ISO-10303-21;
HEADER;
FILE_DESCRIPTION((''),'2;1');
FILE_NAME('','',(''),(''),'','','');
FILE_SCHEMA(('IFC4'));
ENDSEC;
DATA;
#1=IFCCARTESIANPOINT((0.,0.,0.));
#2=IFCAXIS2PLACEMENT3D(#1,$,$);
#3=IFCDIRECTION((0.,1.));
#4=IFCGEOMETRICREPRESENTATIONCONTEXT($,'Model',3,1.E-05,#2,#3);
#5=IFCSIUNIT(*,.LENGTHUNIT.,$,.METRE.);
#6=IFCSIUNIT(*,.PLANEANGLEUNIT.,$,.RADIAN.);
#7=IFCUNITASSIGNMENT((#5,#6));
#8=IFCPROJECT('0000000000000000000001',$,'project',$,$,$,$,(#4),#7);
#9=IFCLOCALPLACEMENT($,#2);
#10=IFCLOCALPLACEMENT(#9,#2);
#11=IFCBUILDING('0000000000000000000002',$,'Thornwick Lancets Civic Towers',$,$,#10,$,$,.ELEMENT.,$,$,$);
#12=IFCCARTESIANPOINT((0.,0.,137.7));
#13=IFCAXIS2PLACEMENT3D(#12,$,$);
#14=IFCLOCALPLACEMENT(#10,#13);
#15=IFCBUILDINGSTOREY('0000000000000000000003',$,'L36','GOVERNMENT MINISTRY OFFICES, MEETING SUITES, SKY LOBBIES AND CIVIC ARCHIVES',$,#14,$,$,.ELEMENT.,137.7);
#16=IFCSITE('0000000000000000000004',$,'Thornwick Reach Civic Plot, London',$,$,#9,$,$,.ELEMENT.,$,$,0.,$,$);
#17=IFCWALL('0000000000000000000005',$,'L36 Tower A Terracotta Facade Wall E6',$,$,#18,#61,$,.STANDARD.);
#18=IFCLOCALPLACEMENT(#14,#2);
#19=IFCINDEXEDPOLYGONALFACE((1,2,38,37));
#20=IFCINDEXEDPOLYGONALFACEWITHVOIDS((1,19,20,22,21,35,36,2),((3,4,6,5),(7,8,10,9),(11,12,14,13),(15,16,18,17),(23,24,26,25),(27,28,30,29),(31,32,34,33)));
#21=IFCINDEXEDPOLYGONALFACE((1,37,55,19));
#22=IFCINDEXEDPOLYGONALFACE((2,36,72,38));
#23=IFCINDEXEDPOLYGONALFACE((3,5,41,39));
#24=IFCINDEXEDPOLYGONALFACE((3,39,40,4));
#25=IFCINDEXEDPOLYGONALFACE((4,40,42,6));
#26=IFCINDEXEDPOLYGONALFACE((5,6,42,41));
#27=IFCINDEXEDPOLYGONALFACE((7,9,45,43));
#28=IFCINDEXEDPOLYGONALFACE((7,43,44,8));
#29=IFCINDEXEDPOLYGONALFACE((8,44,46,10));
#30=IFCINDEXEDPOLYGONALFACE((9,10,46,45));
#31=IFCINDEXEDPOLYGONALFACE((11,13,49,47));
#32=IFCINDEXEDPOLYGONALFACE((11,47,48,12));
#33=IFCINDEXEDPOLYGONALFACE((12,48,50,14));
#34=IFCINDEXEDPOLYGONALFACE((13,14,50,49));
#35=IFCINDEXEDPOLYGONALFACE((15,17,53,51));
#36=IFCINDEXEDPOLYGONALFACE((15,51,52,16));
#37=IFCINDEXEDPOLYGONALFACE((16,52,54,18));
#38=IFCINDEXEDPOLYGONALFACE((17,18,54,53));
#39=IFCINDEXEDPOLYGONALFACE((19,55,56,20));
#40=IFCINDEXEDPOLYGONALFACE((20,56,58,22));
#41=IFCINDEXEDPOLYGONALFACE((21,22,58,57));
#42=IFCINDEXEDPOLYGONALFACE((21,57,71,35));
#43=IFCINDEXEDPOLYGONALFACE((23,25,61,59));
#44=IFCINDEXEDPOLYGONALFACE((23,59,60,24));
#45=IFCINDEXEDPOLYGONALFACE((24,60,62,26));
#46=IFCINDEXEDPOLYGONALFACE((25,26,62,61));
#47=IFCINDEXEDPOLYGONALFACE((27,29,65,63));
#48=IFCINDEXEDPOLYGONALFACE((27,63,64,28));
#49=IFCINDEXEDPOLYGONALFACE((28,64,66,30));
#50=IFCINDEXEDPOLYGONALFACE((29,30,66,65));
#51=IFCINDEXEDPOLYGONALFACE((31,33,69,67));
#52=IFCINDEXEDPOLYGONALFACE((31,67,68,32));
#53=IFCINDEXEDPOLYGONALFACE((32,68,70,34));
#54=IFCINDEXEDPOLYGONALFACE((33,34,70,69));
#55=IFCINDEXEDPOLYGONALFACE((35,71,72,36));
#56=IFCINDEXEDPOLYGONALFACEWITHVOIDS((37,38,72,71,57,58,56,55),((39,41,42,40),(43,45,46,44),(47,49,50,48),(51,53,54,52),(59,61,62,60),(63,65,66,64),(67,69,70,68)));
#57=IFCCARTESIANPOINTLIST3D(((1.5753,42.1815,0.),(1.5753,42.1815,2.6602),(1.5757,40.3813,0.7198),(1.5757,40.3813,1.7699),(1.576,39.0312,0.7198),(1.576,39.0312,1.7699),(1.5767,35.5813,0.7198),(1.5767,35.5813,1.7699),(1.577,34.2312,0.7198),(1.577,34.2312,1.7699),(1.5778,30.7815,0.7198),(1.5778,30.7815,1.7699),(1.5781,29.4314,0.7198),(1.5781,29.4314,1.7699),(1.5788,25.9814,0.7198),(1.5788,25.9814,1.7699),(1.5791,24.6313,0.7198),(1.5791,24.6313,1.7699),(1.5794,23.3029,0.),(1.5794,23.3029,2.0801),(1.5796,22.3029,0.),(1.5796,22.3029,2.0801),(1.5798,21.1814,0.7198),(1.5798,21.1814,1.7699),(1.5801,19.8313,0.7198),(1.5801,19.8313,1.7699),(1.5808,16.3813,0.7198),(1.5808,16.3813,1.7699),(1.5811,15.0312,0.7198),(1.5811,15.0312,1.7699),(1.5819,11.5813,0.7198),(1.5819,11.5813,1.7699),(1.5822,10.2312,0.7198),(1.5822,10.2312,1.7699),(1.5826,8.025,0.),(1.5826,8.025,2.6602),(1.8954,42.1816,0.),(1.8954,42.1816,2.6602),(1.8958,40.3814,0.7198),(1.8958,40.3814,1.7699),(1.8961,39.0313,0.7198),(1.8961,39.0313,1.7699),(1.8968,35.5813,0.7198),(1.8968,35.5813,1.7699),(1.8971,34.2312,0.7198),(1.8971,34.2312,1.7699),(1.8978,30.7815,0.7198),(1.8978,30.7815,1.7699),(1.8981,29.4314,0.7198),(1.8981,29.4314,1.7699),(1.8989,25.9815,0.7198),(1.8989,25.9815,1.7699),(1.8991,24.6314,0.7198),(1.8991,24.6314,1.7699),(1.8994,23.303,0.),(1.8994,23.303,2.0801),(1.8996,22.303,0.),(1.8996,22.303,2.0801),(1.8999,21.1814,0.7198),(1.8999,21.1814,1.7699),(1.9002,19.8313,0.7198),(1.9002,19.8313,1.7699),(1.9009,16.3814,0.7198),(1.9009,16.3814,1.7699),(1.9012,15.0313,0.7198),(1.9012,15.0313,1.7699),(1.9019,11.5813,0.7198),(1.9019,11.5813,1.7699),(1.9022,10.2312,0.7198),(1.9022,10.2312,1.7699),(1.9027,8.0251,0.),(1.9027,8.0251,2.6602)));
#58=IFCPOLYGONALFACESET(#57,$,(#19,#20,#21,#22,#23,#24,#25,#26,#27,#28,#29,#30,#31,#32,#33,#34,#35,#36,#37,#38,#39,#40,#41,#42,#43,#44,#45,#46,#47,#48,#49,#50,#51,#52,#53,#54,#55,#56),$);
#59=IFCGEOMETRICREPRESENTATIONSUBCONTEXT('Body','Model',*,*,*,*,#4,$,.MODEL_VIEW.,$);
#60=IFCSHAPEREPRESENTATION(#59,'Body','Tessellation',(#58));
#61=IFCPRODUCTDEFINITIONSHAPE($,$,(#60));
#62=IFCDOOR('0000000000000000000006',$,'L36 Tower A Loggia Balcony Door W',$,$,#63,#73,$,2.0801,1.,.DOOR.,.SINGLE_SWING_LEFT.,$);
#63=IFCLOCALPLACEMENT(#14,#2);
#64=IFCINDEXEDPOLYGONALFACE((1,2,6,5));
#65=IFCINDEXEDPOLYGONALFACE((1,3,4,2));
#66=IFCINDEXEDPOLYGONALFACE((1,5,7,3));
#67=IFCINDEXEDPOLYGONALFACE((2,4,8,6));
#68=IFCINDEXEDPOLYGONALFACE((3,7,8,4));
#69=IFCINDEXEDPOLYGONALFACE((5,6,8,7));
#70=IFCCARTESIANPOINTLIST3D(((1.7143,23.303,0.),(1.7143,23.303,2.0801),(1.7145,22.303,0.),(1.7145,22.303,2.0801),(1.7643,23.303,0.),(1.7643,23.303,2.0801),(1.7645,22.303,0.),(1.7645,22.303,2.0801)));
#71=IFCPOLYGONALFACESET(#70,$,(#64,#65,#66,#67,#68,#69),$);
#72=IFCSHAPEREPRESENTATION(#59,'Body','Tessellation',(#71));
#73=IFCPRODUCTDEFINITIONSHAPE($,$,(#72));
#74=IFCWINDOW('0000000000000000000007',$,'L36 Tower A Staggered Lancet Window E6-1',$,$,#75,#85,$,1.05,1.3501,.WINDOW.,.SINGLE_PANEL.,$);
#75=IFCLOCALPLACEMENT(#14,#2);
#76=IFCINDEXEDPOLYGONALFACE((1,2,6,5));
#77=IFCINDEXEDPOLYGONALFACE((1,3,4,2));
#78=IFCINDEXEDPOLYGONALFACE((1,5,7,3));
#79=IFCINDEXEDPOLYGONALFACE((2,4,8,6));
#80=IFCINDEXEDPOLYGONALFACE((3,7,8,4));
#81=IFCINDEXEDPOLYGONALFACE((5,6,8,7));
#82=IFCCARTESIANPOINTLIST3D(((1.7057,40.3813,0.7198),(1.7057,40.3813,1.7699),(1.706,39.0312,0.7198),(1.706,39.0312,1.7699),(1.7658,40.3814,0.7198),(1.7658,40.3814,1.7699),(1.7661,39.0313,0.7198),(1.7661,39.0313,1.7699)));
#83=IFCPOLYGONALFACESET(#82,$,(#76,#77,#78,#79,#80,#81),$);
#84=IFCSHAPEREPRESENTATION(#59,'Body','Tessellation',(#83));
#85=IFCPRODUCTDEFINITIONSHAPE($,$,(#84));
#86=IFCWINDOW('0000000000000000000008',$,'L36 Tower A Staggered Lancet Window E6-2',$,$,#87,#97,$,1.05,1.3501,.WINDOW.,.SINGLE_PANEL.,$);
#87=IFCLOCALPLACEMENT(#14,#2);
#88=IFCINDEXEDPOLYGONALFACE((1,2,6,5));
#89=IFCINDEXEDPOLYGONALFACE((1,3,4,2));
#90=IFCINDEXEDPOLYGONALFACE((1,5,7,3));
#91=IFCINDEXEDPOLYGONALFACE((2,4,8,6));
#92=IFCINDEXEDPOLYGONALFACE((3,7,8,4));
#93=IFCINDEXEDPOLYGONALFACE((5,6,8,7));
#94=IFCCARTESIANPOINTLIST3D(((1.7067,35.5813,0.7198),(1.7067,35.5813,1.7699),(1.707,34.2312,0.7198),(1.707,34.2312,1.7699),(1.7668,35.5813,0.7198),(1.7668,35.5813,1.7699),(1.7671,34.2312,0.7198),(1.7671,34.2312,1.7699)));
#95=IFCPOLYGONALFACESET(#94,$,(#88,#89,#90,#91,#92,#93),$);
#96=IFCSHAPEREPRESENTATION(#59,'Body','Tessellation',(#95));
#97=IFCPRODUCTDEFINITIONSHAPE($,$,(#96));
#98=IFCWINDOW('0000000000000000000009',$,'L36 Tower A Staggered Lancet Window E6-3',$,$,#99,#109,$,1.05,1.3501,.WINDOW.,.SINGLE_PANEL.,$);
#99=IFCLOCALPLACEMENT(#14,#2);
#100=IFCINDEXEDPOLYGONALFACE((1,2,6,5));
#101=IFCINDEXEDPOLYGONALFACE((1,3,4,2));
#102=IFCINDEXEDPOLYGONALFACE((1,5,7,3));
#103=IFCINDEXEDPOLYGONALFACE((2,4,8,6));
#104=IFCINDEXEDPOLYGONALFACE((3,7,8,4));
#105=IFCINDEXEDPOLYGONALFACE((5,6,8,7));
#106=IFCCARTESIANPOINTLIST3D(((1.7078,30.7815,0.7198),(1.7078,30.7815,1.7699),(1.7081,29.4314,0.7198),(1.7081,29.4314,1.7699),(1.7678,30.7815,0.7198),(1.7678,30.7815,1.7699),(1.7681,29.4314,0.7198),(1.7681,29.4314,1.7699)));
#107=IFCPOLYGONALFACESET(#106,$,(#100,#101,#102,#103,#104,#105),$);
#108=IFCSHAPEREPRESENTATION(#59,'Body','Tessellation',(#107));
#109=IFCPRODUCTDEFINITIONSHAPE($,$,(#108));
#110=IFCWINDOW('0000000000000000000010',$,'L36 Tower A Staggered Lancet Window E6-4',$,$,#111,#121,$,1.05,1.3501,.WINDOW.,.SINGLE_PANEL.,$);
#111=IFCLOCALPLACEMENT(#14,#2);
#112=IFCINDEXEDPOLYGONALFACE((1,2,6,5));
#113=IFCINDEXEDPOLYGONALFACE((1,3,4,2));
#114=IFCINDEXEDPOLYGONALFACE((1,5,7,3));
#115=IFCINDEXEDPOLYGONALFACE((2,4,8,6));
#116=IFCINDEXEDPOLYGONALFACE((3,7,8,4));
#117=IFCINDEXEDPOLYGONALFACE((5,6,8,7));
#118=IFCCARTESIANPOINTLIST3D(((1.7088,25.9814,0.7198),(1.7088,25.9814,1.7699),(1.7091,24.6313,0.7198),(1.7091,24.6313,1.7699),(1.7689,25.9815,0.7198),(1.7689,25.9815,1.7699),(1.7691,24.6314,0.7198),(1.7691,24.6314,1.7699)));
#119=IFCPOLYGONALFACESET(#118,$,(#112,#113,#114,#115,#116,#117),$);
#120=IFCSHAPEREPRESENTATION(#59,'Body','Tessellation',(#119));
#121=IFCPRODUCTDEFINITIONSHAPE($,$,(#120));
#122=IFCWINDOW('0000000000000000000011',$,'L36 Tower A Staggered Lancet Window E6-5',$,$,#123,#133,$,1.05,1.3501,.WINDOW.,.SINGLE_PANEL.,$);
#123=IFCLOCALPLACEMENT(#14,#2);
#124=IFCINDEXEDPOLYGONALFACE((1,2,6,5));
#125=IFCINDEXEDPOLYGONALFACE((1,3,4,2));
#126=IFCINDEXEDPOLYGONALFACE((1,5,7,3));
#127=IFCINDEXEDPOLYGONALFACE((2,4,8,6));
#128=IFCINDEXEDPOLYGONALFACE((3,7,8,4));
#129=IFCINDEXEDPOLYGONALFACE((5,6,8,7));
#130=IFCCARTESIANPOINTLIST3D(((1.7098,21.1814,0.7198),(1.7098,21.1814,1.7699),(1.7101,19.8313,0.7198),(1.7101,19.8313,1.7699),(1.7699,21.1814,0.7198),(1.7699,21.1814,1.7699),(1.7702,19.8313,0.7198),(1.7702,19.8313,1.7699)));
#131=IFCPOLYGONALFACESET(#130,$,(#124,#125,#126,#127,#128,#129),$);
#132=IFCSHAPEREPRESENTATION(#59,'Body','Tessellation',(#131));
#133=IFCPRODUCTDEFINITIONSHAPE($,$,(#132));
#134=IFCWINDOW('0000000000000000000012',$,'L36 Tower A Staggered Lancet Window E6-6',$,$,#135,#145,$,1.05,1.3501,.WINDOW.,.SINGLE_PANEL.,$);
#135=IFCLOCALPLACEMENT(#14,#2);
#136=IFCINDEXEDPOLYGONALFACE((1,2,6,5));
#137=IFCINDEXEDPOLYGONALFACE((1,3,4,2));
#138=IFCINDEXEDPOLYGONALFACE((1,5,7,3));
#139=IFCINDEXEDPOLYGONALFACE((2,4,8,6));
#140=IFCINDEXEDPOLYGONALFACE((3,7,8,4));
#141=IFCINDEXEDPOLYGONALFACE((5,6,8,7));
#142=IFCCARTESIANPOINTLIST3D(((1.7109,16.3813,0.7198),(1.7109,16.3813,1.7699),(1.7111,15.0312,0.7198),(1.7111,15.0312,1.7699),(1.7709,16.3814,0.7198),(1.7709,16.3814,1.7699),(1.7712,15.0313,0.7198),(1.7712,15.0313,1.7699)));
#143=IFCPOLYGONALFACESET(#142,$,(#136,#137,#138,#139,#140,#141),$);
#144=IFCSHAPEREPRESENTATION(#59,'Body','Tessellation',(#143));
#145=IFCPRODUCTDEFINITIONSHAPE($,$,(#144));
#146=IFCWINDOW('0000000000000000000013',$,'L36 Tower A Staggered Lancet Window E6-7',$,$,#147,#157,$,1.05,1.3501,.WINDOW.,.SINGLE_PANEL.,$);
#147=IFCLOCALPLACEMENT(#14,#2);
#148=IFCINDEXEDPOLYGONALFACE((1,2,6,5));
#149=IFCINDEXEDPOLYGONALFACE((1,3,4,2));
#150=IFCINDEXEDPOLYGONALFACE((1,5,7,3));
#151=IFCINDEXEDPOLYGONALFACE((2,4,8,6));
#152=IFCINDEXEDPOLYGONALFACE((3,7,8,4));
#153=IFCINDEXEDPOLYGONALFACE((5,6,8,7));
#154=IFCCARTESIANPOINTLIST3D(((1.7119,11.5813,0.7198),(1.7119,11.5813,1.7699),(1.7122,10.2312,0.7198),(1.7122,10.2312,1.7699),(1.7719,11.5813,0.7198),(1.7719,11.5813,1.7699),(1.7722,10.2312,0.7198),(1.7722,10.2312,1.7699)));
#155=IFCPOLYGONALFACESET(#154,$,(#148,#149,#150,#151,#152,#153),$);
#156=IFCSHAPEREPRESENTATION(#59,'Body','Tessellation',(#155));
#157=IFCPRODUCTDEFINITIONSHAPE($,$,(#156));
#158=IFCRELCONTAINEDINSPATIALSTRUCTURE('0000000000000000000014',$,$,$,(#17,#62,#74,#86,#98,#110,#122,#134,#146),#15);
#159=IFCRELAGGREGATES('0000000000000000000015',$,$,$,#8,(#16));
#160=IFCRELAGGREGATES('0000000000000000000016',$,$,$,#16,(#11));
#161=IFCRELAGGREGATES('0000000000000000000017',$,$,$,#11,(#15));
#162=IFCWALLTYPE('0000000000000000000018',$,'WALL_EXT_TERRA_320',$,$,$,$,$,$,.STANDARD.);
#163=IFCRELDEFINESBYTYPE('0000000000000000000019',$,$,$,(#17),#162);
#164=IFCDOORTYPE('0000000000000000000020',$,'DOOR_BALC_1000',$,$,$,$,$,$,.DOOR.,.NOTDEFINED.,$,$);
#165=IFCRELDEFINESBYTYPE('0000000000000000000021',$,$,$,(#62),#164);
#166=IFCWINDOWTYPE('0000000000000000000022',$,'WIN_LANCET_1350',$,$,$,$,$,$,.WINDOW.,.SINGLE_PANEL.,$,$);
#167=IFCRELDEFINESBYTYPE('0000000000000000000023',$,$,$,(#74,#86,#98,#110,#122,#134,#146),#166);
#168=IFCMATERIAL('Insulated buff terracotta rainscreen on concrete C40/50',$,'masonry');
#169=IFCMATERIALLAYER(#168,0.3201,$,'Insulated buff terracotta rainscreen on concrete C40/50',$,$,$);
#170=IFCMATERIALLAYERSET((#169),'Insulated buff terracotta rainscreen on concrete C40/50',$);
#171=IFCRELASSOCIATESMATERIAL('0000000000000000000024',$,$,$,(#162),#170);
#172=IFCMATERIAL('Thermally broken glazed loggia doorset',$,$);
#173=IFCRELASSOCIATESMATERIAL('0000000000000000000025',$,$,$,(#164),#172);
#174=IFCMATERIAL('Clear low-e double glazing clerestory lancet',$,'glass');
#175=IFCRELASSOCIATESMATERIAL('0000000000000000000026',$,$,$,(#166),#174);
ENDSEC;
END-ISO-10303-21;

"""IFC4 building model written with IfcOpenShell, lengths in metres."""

from ifc_helpers import new_model, si_unit, direction, frame, frame_2d, origin, place, context, subcontext, project, spatial, rectangle, extrude, material, layer, layer_set, type_object, element, fill, save


model = new_model("IFC4")

# Units and contexts
model_context = context("Model", 3, precision=1e-05, world=origin(), true_north=direction((0.0, 1.0)))
body_context = subcontext(model_context, "Body", "Model", "MODEL_VIEW")
ifc_project = project(units=[si_unit("LENGTHUNIT", "METRE"), si_unit("PLANEANGLEUNIT", "RADIAN")], contexts=[model_context])

# Site, building, storey
site_placement = place(None, origin())
site = spatial("IfcSite", under=ifc_project, at=site_placement, Name="Thornwick Reach Civic Plot, London", CompositionType="ELEMENT", RefElevation=0.0)
building_placement = place(site_placement, origin())
building = spatial("IfcBuilding", under=site, at=building_placement, Name="Thornwick Lancets Civic Towers", CompositionType="ELEMENT")
storey_placement = place(building_placement, frame((0.0, 0.0, 137.7)))
storey = spatial("IfcBuildingStorey", under=building, at=storey_placement, Name="L36", Description="GOVERNMENT MINISTRY OFFICES, MEETING SUITES, SKY LOBBIES AND CIVIC ARCHIVES", CompositionType="ELEMENT", Elevation=137.7)

# Wall, openings, door, windows
ifc_material_1 = material(Name="Insulated buff terracotta rainscreen on concrete C40/50", Category="masonry")
ifc_layer_1 = layer(ifc_material_1, 0.3201, Name="Insulated buff terracotta rainscreen on concrete C40/50")
ifc_layer_set_1 = layer_set([ifc_layer_1], Name="Insulated buff terracotta rainscreen on concrete C40/50")
wall_type_1 = type_object("IfcWallType", Name="WALL_EXT_TERRA_320", PredefinedType="STANDARD", material=ifc_layer_set_1)
wall_1_placement = place(storey_placement, frame((1.7354, 42.1814, 0.0), z_axis=(0.0, 0.0, 1.0), x_axis=(0.000214, -1.0, 0.0)))
wall_1 = element("IfcWall", 1, at=wall_1_placement, inside=storey, type_object=wall_type_1, Name="L36 Tower A Terracotta Facade Wall E6", PredefinedType="STANDARD", context=body_context, shape_type="SweptSolid", body=[
    extrude(rectangle(XDim=34.1565, YDim=0.3201, at=frame_2d((17.0781, 0.0))), origin(), (0.0, 0.0, 1.0), 2.6602),
])
opening_1_placement = place(wall_1_placement, frame((18.8784, 0.0, 0.0)))
opening_1 = element("IfcOpeningElement", 2, at=opening_1_placement, cuts=wall_1, PredefinedType="OPENING", context=body_context, shape_type="SweptSolid", body=[
    extrude(rectangle(XDim=1.0, YDim=2.0801, at=frame_2d((0.5, 1.04))), frame((0.0, 0.1699, 0.0), z_axis=(0.0, -1.0, 0.0), x_axis=(1.0, 0.0, 0.0)), (0.0, 0.0, 1.0), 0.3401),
])
opening_2_placement = place(wall_1_placement, frame((1.8, 0.0, 0.72)))
opening_2 = element("IfcOpeningElement", 3, at=opening_2_placement, cuts=wall_1, PredefinedType="OPENING", context=body_context, shape_type="SweptSolid", body=[
    extrude(rectangle(XDim=1.3501, YDim=1.05, at=frame_2d((0.675, 0.5249))), frame((0.0, 0.1699, 0.0), z_axis=(0.0, -1.0, 0.0), x_axis=(1.0, 0.0, 0.0)), (0.0, 0.0, 1.0), 0.3401),
])
opening_3_placement = place(wall_1_placement, frame((6.6001, 0.0, 0.72)))
opening_3 = element("IfcOpeningElement", 4, at=opening_3_placement, cuts=wall_1, PredefinedType="OPENING", context=body_context, shape_type="SweptSolid", body=[
    extrude(rectangle(XDim=1.3501, YDim=1.05, at=frame_2d((0.675, 0.5249))), frame((0.0, 0.1699, 0.0), z_axis=(0.0, -1.0, 0.0), x_axis=(1.0, 0.0, 0.0)), (0.0, 0.0, 1.0), 0.3401),
])
opening_4_placement = place(wall_1_placement, frame((11.3999, 0.0, 0.72)))
opening_4 = element("IfcOpeningElement", 5, at=opening_4_placement, cuts=wall_1, PredefinedType="OPENING", context=body_context, shape_type="SweptSolid", body=[
    extrude(rectangle(XDim=1.3501, YDim=1.05, at=frame_2d((0.675, 0.5249))), frame((0.0, 0.1699, 0.0), z_axis=(0.0, -1.0, 0.0), x_axis=(1.0, 0.0, 0.0)), (0.0, 0.0, 1.0), 0.3401),
])
opening_5_placement = place(wall_1_placement, frame((16.2, 0.0, 0.72)))
opening_5 = element("IfcOpeningElement", 6, at=opening_5_placement, cuts=wall_1, PredefinedType="OPENING", context=body_context, shape_type="SweptSolid", body=[
    extrude(rectangle(XDim=1.3501, YDim=1.05, at=frame_2d((0.675, 0.5249))), frame((0.0, 0.1699, 0.0), z_axis=(0.0, -1.0, 0.0), x_axis=(1.0, 0.0, 0.0)), (0.0, 0.0, 1.0), 0.3401),
])
opening_6_placement = place(wall_1_placement, frame((21.0, 0.0, 0.72)))
opening_6 = element("IfcOpeningElement", 7, at=opening_6_placement, cuts=wall_1, PredefinedType="OPENING", context=body_context, shape_type="SweptSolid", body=[
    extrude(rectangle(XDim=1.3501, YDim=1.05, at=frame_2d((0.675, 0.5249))), frame((0.0, 0.1699, 0.0), z_axis=(0.0, -1.0, 0.0), x_axis=(1.0, 0.0, 0.0)), (0.0, 0.0, 1.0), 0.3401),
])
opening_7_placement = place(wall_1_placement, frame((25.8, 0.0, 0.72)))
opening_7 = element("IfcOpeningElement", 8, at=opening_7_placement, cuts=wall_1, PredefinedType="OPENING", context=body_context, shape_type="SweptSolid", body=[
    extrude(rectangle(XDim=1.3501, YDim=1.05, at=frame_2d((0.675, 0.5249))), frame((0.0, 0.1699, 0.0), z_axis=(0.0, -1.0, 0.0), x_axis=(1.0, 0.0, 0.0)), (0.0, 0.0, 1.0), 0.3401),
])
opening_8_placement = place(wall_1_placement, frame((30.6001, 0.0, 0.72)))
opening_8 = element("IfcOpeningElement", 9, at=opening_8_placement, cuts=wall_1, PredefinedType="OPENING", context=body_context, shape_type="SweptSolid", body=[
    extrude(rectangle(XDim=1.3501, YDim=1.05, at=frame_2d((0.675, 0.5249))), frame((0.0, 0.1699, 0.0), z_axis=(0.0, -1.0, 0.0), x_axis=(1.0, 0.0, 0.0)), (0.0, 0.0, 1.0), 0.3401),
])
ifc_material_2 = material(Name="Thermally broken glazed loggia doorset")
door_type = type_object("IfcDoorType", Name="DOOR_BALC_1000", OperationType="NOTDEFINED", PredefinedType="DOOR", material=ifc_material_2)
door_placement = place(opening_1_placement, origin())
door = element("IfcDoor", 10, at=door_placement, inside=storey, type_object=door_type, Name="L36 Tower A Loggia Balcony Door W", OperationType="SINGLE_SWING_LEFT", OverallHeight=2.0801, OverallWidth=1.0, PredefinedType="DOOR", context=body_context, shape_type="SweptSolid", body=[
    extrude(rectangle(XDim=1.0, YDim=2.0801, at=frame_2d((0.5, 1.04))), frame((0.0, 0.0249, 0.0), z_axis=(0.0, -1.0, 0.0), x_axis=(1.0, 0.0, 0.0)), (0.0, 0.0, 1.0), 0.05),
])
fill(opening_1, door)
ifc_material_3 = material(Name="Clear low-e double glazing clerestory lancet", Category="glass")
window_type = type_object("IfcWindowType", Name="WIN_LANCET_1350", PartitioningType="SINGLE_PANEL", PredefinedType="WINDOW", material=ifc_material_3)
window_1_placement = place(opening_2_placement, origin())
window_1 = element("IfcWindow", 11, at=window_1_placement, inside=storey, type_object=window_type, Name="L36 Tower A Staggered Lancet Window E6-1", OverallHeight=1.05, OverallWidth=1.3501, PartitioningType="SINGLE_PANEL", PredefinedType="WINDOW", context=body_context, shape_type="SweptSolid", body=[
    extrude(rectangle(XDim=1.3501, YDim=1.05, at=frame_2d((0.675, 0.5249))), frame((0.0, 0.03, 0.0), z_axis=(0.0, -1.0, 0.0), x_axis=(1.0, 0.0, 0.0)), (0.0, 0.0, 1.0), 0.0601),
])
fill(opening_2, window_1)
window_2_placement = place(opening_3_placement, origin())
window_2 = element("IfcWindow", 12, at=window_2_placement, inside=storey, type_object=window_type, Name="L36 Tower A Staggered Lancet Window E6-2", OverallHeight=1.05, OverallWidth=1.3501, PartitioningType="SINGLE_PANEL", PredefinedType="WINDOW", context=body_context, shape_type="SweptSolid", body=[
    extrude(rectangle(XDim=1.3501, YDim=1.05, at=frame_2d((0.675, 0.5249))), frame((0.0, 0.03, 0.0), z_axis=(0.0, -1.0, 0.0), x_axis=(1.0, 0.0, 0.0)), (0.0, 0.0, 1.0), 0.0601),
])
fill(opening_3, window_2)
window_3_placement = place(opening_4_placement, origin())
window_3 = element("IfcWindow", 13, at=window_3_placement, inside=storey, type_object=window_type, Name="L36 Tower A Staggered Lancet Window E6-3", OverallHeight=1.05, OverallWidth=1.3501, PartitioningType="SINGLE_PANEL", PredefinedType="WINDOW", context=body_context, shape_type="SweptSolid", body=[
    extrude(rectangle(XDim=1.3501, YDim=1.05, at=frame_2d((0.675, 0.5249))), frame((0.0, 0.03, 0.0), z_axis=(0.0, -1.0, 0.0), x_axis=(1.0, 0.0, 0.0)), (0.0, 0.0, 1.0), 0.0601),
])
fill(opening_4, window_3)
window_4_placement = place(opening_5_placement, origin())
window_4 = element("IfcWindow", 14, at=window_4_placement, inside=storey, type_object=window_type, Name="L36 Tower A Staggered Lancet Window E6-4", OverallHeight=1.05, OverallWidth=1.3501, PartitioningType="SINGLE_PANEL", PredefinedType="WINDOW", context=body_context, shape_type="SweptSolid", body=[
    extrude(rectangle(XDim=1.3501, YDim=1.05, at=frame_2d((0.675, 0.5249))), frame((0.0, 0.03, 0.0), z_axis=(0.0, -1.0, 0.0), x_axis=(1.0, 0.0, 0.0)), (0.0, 0.0, 1.0), 0.0601),
])
fill(opening_5, window_4)
window_5_placement = place(opening_6_placement, origin())
window_5 = element("IfcWindow", 15, at=window_5_placement, inside=storey, type_object=window_type, Name="L36 Tower A Staggered Lancet Window E6-5", OverallHeight=1.05, OverallWidth=1.3501, PartitioningType="SINGLE_PANEL", PredefinedType="WINDOW", context=body_context, shape_type="SweptSolid", body=[
    extrude(rectangle(XDim=1.3501, YDim=1.05, at=frame_2d((0.675, 0.5249))), frame((0.0, 0.03, 0.0), z_axis=(0.0, -1.0, 0.0), x_axis=(1.0, 0.0, 0.0)), (0.0, 0.0, 1.0), 0.0601),
])
fill(opening_6, window_5)
window_6_placement = place(opening_7_placement, origin())
window_6 = element("IfcWindow", 16, at=window_6_placement, inside=storey, type_object=window_type, Name="L36 Tower A Staggered Lancet Window E6-6", OverallHeight=1.05, OverallWidth=1.3501, PartitioningType="SINGLE_PANEL", PredefinedType="WINDOW", context=body_context, shape_type="SweptSolid", body=[
    extrude(rectangle(XDim=1.3501, YDim=1.05, at=frame_2d((0.675, 0.5249))), frame((0.0, 0.03, 0.0), z_axis=(0.0, -1.0, 0.0), x_axis=(1.0, 0.0, 0.0)), (0.0, 0.0, 1.0), 0.0601),
])
fill(opening_7, window_6)
window_7_placement = place(opening_8_placement, origin())
window_7 = element("IfcWindow", 17, at=window_7_placement, inside=storey, type_object=window_type, Name="L36 Tower A Staggered Lancet Window E6-7", OverallHeight=1.05, OverallWidth=1.3501, PartitioningType="SINGLE_PANEL", PredefinedType="WINDOW", context=body_context, shape_type="SweptSolid", body=[
    extrude(rectangle(XDim=1.3501, YDim=1.05, at=frame_2d((0.675, 0.5249))), frame((0.0, 0.03, 0.0), z_axis=(0.0, -1.0, 0.0), x_axis=(1.0, 0.0, 0.0)), (0.0, 0.0, 1.0), 0.0601),
])
fill(opening_8, window_7)

save(model, "model.ifc")
